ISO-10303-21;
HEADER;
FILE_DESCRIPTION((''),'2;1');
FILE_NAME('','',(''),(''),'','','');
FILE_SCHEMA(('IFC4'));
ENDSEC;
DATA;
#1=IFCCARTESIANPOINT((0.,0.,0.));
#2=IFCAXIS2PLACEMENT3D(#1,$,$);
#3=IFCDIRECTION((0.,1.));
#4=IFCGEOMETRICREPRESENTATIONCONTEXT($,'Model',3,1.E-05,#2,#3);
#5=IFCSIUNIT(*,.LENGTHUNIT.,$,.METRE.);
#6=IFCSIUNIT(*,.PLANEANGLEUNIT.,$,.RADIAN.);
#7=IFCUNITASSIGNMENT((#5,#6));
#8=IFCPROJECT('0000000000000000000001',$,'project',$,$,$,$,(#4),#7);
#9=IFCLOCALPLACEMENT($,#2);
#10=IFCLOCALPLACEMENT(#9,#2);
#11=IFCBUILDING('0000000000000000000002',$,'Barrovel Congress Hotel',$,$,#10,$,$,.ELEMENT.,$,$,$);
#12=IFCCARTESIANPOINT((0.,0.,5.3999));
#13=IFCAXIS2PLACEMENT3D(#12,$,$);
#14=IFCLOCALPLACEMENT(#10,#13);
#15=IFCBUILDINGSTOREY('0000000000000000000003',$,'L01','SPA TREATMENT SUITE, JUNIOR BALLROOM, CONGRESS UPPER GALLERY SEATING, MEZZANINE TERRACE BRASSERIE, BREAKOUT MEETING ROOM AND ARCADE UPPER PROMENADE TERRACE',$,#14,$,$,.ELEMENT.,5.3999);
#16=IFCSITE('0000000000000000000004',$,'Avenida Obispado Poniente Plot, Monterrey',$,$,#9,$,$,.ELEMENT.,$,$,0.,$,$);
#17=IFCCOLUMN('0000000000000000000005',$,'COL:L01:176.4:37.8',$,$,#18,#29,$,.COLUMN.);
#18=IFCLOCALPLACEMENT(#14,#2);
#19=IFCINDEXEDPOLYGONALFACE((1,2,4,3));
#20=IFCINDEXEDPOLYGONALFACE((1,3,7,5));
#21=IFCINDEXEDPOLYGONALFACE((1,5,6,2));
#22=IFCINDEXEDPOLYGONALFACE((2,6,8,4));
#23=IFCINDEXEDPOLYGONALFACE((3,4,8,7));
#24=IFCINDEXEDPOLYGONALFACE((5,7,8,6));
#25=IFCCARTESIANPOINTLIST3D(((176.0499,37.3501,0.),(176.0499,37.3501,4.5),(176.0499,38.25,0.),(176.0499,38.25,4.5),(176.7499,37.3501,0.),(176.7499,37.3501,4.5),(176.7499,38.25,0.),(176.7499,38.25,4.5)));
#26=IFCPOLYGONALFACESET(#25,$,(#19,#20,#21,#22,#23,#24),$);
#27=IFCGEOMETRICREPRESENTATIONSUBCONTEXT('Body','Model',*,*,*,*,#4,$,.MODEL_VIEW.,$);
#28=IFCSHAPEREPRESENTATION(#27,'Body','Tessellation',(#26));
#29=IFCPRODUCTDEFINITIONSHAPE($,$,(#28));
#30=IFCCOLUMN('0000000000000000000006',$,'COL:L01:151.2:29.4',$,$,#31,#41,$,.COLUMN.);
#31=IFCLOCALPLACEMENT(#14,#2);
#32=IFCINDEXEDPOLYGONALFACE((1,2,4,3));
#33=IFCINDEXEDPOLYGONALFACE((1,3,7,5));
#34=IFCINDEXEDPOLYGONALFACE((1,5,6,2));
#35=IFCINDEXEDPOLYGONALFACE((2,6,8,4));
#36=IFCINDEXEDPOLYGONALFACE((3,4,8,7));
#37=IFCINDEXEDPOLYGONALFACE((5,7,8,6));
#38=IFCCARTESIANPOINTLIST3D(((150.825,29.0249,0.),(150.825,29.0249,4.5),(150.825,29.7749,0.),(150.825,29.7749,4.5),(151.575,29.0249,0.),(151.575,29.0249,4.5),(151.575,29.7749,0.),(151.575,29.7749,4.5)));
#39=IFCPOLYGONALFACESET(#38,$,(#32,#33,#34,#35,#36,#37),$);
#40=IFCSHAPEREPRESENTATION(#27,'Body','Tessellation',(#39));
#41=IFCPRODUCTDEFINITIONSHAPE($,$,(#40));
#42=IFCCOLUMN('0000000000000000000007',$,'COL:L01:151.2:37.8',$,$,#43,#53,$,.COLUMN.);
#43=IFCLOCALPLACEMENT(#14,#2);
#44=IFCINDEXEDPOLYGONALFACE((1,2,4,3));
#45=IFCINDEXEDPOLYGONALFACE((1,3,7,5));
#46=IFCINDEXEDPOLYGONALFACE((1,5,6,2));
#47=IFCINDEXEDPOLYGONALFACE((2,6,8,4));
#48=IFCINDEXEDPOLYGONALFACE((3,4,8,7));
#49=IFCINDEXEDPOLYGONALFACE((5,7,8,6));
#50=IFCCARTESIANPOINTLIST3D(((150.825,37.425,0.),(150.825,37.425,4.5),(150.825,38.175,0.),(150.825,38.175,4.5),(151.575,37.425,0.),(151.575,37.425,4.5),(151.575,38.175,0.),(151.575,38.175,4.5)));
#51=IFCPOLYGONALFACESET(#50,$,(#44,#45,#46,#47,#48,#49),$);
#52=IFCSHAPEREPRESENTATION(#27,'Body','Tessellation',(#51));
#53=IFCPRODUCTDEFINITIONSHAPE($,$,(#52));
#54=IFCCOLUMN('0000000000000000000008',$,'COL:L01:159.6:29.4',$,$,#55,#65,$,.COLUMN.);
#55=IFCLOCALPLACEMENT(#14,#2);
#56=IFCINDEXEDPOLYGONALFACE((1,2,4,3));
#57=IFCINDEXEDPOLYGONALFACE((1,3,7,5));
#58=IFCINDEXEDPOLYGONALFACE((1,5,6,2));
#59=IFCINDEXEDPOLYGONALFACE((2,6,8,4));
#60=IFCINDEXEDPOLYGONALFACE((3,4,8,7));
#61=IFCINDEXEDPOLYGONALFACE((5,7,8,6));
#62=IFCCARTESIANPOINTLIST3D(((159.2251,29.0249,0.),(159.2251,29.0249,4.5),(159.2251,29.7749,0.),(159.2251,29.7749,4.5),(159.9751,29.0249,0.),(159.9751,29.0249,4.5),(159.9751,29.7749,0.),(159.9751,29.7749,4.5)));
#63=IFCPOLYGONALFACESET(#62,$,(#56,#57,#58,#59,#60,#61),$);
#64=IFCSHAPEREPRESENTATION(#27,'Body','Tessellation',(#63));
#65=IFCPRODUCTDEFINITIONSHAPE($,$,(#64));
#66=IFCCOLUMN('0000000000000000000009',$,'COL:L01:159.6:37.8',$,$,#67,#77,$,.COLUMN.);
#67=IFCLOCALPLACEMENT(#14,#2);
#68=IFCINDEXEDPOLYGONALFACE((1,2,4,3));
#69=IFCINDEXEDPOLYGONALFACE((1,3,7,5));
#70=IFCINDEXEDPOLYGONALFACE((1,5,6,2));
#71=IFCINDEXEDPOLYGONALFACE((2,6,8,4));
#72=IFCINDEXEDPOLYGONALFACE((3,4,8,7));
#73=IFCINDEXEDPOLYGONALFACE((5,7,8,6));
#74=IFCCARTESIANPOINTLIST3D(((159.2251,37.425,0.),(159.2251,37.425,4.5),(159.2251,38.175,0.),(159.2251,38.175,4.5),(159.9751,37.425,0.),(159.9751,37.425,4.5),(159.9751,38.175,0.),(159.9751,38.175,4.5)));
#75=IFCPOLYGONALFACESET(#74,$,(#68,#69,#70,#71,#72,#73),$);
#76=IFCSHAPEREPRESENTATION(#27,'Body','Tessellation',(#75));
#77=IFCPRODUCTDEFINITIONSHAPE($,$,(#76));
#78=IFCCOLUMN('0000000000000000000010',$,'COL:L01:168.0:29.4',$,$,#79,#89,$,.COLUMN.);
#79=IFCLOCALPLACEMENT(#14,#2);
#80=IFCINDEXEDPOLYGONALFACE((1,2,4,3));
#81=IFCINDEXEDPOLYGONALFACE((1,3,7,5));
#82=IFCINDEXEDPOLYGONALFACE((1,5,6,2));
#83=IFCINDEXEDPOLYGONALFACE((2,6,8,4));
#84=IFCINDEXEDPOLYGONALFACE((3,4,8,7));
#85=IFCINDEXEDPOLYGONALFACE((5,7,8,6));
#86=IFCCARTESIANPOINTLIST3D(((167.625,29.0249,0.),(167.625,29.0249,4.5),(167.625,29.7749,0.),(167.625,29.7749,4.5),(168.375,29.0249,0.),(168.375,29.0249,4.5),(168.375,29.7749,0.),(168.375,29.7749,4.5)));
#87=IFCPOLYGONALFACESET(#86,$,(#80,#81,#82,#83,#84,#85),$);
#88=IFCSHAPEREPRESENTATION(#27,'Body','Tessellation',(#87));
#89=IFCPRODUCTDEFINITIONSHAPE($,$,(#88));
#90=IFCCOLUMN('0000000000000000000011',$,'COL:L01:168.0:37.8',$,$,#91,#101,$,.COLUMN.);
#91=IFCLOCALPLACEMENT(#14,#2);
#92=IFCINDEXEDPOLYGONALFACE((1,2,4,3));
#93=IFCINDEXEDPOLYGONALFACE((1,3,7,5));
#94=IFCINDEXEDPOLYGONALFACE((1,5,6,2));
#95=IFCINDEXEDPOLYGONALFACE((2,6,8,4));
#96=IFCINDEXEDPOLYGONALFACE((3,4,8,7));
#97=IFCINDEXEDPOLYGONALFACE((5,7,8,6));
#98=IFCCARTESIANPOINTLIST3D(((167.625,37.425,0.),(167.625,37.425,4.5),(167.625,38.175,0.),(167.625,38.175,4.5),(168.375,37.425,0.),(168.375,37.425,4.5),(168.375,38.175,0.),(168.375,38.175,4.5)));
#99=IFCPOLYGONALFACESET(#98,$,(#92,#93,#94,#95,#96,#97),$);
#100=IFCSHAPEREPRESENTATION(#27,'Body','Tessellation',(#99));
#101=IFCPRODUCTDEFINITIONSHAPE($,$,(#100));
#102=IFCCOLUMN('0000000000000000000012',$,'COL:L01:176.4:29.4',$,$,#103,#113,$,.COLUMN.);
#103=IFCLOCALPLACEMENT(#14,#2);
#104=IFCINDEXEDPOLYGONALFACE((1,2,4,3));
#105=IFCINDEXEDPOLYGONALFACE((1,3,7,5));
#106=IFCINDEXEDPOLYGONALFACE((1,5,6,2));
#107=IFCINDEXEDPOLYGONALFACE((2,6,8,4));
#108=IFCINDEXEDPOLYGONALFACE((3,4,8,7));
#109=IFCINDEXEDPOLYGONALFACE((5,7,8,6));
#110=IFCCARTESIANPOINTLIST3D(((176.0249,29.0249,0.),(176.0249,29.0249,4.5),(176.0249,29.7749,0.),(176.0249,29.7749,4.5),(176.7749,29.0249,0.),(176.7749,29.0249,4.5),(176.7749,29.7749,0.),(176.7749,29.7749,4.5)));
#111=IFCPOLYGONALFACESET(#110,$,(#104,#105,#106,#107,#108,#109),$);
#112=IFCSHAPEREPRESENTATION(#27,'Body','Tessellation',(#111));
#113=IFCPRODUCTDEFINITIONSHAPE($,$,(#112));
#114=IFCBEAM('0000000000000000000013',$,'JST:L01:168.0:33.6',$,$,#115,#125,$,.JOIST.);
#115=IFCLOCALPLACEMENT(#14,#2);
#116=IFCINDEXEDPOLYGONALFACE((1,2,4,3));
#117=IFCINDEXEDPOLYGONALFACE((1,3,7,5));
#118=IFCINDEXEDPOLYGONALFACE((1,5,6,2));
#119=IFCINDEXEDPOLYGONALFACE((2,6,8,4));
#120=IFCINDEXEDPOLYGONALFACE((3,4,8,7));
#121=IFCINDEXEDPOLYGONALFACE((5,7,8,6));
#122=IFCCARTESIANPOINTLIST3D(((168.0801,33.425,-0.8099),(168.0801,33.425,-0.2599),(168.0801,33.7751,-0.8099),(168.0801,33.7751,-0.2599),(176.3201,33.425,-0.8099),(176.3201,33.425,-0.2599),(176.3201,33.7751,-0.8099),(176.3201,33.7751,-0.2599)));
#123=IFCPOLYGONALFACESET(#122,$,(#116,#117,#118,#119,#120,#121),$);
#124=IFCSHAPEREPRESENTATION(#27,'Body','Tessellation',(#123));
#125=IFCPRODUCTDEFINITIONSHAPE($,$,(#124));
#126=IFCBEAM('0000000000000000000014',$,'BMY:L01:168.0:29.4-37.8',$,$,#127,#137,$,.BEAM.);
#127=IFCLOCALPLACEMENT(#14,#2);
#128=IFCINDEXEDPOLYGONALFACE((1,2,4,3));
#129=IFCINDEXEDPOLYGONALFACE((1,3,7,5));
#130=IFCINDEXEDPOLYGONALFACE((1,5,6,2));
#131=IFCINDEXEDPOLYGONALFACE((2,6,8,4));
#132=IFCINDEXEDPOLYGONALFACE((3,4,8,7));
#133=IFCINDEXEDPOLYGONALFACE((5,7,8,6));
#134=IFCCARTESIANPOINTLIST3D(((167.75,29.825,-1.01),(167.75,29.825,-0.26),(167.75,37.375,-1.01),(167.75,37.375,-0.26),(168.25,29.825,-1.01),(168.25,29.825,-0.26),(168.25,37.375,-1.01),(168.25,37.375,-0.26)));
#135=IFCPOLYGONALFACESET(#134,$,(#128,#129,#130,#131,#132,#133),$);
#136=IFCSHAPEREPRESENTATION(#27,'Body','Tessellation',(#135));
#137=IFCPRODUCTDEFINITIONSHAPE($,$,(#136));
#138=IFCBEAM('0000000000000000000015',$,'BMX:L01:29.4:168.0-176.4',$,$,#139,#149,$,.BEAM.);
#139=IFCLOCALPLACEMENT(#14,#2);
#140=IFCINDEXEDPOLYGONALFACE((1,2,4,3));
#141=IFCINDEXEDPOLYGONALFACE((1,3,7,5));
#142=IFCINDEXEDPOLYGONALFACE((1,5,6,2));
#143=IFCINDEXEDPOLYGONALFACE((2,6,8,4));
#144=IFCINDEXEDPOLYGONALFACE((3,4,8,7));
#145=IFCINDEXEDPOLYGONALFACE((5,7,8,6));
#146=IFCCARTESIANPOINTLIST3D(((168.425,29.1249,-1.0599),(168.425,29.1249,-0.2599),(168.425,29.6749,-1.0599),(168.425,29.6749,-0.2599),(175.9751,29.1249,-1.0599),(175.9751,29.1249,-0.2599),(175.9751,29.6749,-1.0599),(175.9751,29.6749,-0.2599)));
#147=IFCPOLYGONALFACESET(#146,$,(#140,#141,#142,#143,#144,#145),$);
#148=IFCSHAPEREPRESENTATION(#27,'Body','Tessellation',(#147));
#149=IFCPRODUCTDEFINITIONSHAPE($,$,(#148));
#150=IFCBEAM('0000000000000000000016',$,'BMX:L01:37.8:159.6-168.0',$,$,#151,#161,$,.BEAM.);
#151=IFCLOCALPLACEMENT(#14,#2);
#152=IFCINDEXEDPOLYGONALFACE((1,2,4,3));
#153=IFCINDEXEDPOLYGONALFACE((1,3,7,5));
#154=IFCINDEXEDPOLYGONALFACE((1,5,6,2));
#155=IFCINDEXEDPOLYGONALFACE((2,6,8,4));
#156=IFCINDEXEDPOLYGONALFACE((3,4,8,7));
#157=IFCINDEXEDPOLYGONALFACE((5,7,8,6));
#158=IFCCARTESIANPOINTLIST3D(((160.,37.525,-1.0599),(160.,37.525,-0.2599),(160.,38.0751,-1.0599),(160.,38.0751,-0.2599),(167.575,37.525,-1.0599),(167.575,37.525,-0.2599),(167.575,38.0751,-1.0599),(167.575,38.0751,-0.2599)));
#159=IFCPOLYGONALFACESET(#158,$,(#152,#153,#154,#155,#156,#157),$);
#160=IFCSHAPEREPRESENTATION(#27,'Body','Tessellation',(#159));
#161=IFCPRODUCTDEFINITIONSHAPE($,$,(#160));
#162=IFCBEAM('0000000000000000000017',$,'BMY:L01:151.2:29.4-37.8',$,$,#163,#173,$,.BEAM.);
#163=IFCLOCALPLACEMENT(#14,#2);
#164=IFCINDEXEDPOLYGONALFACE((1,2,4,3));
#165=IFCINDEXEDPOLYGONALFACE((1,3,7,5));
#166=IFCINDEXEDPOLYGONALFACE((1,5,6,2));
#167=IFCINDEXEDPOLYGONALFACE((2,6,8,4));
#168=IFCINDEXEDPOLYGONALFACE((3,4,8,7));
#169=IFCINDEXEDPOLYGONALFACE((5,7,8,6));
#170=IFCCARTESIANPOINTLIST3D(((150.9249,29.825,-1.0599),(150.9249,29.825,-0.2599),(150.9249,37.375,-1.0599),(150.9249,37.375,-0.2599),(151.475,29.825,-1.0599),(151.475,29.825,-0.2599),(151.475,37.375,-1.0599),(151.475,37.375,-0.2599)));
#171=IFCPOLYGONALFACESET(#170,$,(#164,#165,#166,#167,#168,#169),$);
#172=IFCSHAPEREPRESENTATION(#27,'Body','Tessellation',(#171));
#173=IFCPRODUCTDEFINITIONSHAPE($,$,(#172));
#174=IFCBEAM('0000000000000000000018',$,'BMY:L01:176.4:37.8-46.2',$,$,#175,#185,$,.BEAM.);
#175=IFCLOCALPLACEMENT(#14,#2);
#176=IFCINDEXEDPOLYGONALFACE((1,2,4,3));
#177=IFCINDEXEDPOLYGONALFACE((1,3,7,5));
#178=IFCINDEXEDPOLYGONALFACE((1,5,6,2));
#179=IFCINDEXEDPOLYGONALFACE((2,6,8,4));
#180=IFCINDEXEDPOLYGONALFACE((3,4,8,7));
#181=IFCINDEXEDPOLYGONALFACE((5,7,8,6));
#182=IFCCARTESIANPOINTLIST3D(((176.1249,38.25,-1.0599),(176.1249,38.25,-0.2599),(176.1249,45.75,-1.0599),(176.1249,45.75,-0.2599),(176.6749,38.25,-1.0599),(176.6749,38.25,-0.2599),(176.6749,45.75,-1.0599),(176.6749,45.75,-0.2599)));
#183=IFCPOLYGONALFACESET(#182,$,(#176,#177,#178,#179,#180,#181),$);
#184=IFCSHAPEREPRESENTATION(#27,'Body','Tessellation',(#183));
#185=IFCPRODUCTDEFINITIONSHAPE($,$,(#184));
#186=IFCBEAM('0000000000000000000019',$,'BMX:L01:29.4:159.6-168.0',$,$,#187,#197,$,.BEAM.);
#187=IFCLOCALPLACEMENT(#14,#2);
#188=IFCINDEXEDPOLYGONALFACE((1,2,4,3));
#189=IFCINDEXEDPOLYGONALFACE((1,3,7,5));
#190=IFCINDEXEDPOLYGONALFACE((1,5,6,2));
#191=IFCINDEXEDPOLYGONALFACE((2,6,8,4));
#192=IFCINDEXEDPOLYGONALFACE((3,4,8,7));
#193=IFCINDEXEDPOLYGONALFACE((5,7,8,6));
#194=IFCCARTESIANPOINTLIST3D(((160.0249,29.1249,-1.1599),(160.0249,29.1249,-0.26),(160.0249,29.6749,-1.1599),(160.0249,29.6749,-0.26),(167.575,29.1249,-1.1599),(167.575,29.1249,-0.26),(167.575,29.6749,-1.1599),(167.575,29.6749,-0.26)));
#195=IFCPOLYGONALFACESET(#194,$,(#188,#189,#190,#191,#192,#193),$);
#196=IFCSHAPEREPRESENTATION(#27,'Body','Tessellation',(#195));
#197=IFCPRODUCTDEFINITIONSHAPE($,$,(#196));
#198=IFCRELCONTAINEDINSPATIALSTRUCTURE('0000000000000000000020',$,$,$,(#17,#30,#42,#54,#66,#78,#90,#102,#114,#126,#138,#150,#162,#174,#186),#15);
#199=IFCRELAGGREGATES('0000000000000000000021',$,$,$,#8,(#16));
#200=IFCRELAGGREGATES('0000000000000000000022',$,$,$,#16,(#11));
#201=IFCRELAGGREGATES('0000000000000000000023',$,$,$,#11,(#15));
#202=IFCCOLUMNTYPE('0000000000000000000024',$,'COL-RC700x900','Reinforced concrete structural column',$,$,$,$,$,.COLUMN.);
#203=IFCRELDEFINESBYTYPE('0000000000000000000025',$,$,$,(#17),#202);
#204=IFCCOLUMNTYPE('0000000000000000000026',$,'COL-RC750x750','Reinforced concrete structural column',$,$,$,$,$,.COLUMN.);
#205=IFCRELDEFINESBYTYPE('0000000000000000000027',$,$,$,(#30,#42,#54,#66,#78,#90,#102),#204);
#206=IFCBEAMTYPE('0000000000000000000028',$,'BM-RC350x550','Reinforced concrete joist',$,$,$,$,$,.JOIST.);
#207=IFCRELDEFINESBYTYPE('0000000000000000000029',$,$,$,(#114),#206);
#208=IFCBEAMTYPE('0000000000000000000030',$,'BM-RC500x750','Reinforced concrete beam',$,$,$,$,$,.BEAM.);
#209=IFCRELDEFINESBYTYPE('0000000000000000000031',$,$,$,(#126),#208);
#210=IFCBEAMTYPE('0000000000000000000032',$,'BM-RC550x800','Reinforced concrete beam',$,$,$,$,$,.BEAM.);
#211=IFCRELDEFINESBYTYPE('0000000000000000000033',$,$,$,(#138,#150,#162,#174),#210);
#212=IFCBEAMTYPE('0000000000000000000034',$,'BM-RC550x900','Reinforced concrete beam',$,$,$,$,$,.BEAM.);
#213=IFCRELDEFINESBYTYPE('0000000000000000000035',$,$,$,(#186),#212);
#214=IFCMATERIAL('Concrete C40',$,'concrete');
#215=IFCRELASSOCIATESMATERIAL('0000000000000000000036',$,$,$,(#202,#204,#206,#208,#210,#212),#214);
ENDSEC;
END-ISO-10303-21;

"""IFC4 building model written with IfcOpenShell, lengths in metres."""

from ifc_helpers import new_model, si_unit, direction, frame, origin, origin_2d, place, context, subcontext, project, spatial, rectangle, extrude, material, material_profile, profile_set, type_object, element, save


model = new_model("IFC4")

# Units and contexts
model_context = context("Model", 3, precision=1e-05, world=origin(), true_north=direction((0.0, 1.0)))
body_context = subcontext(model_context, "Body", "Model", "MODEL_VIEW")
ifc_project = project(units=[si_unit("LENGTHUNIT", "METRE"), si_unit("PLANEANGLEUNIT", "RADIAN")], contexts=[model_context])

# Site, building, storey
site_placement = place(None, origin())
site = spatial("IfcSite", under=ifc_project, at=site_placement, Name="Avenida Obispado Poniente Plot, Monterrey", CompositionType="ELEMENT", RefElevation=0.0)
building_placement = place(site_placement, origin())
building = spatial("IfcBuilding", under=site, at=building_placement, Name="Barrovel Congress Hotel", CompositionType="ELEMENT")
storey_placement = place(building_placement, frame((0.0, 0.0, 5.3999)))
storey = spatial("IfcBuildingStorey", under=building, at=storey_placement, Name="L01", Description="SPA TREATMENT SUITE, JUNIOR BALLROOM, CONGRESS UPPER GALLERY SEATING, MEZZANINE TERRACE BRASSERIE, BREAKOUT MEETING ROOM AND ARCADE UPPER PROMENADE TERRACE", CompositionType="ELEMENT", Elevation=5.3999)

# Columns
ifc_material_1 = material(Name="Concrete C40", Category="concrete")
ifc_material_profile_1 = material_profile(ifc_material_1, rectangle(XDim=0.7, YDim=0.8999, at=origin_2d()), Name="RC700x900")
ifc_profile_set_1 = profile_set([ifc_material_profile_1], Name="Concrete C40")
column_type_1 = type_object("IfcColumnType", Name="COL-RC700x900", Description="Reinforced concrete structural column", PredefinedType="COLUMN", material=ifc_profile_set_1)
column_placement = place(storey_placement, frame((176.3999, 37.8, 0.0), z_axis=(0.0, 0.0, 1.0), x_axis=(1.0, 0.0, 0.0)))
element("IfcColumn", 1, at=column_placement, inside=storey, type_object=column_type_1, Name="COL:L01:176.4:37.8", PredefinedType="COLUMN", context=body_context, shape_type="SweptSolid", body=[
    extrude(rectangle(XDim=0.7, YDim=0.8999, at=origin_2d()), origin(), (0.0, 0.0, 1.0), 4.5),
])
ifc_material_profile_2 = material_profile(ifc_material_1, rectangle(XDim=0.75, YDim=0.75, at=origin_2d()), Name="RC750x750")
ifc_profile_set_2 = profile_set([ifc_material_profile_2], Name="Concrete C40")
column_type_2 = type_object("IfcColumnType", Name="COL-RC750x750", Description="Reinforced concrete structural column", PredefinedType="COLUMN", material=ifc_profile_set_2)
for number, where, z_axis, x_axis, name in (
    (2, (151.2, 29.3999, 0.0), (0.0, 0.0, 1.0), (1.0, 0.0, 0.0), "COL:L01:151.2:29.4"),
    (3, (151.2, 37.8, 0.0), (0.0, 0.0, 1.0), (1.0, 0.0, 0.0), "COL:L01:151.2:37.8"),
    (4, (159.6001, 29.3999, 0.0), (0.0, 0.0, 1.0), (1.0, 0.0, 0.0), "COL:L01:159.6:29.4"),
    (5, (159.6001, 37.8, 0.0), (0.0, 0.0, 1.0), (1.0, 0.0, 0.0), "COL:L01:159.6:37.8"),
    (6, (168.0, 29.3999, 0.0), (0.0, 0.0, 1.0), (1.0, 0.0, 0.0), "COL:L01:168.0:29.4"),
    (7, (168.0, 37.8, 0.0), (0.0, 0.0, 1.0), (1.0, 0.0, 0.0), "COL:L01:168.0:37.8"),
    (8, (176.3999, 29.3999, 0.0), (0.0, 0.0, 1.0), (1.0, 0.0, 0.0), "COL:L01:176.4:29.4"),
):
    element("IfcColumn", number, at=place(storey_placement, frame(where, z_axis=z_axis, x_axis=x_axis)), inside=storey, type_object=column_type_2, Name=name, PredefinedType="COLUMN", context=body_context, shape_type="SweptSolid", body=[
        extrude(rectangle(XDim=0.75, YDim=0.75, at=origin_2d()), origin(), (0.0, 0.0, 1.0), 4.5),
    ])

# Beams
ifc_material_profile_3 = material_profile(ifc_material_1, rectangle(XDim=0.3501, YDim=0.55, at=origin_2d()), Name="RC350x550")
ifc_profile_set_3 = profile_set([ifc_material_profile_3], Name="Concrete C40")
beam_type_1 = type_object("IfcBeamType", Name="BM-RC350x550", Description="Reinforced concrete joist", PredefinedType="JOIST", material=ifc_profile_set_3)
beam_1_placement = place(storey_placement, frame((168.0801, 33.6001, -0.5349), z_axis=(1.0, 0.0, 0.0), x_axis=(0.0, 1.0, 0.0)))
element("IfcBeam", 9, at=beam_1_placement, inside=storey, type_object=beam_type_1, Name="JST:L01:168.0:33.6", PredefinedType="JOIST", context=body_context, shape_type="SweptSolid", body=[
    extrude(rectangle(XDim=0.3501, YDim=0.55, at=origin_2d()), origin(), (0.0, 0.0, 1.0), 8.24),
])
ifc_material_profile_4 = material_profile(ifc_material_1, rectangle(XDim=0.5, YDim=0.75, at=origin_2d()), Name="RC500x750")
ifc_profile_set_4 = profile_set([ifc_material_profile_4], Name="Concrete C40")
beam_type_2 = type_object("IfcBeamType", Name="BM-RC500x750", Description="Reinforced concrete beam", PredefinedType="BEAM", material=ifc_profile_set_4)
beam_2_placement = place(storey_placement, frame((168.0, 29.825, -0.635), z_axis=(0.0, 1.0, 0.0), x_axis=(-1.0, 0.0, 0.0)))
element("IfcBeam", 10, at=beam_2_placement, inside=storey, type_object=beam_type_2, Name="BMY:L01:168.0:29.4-37.8", PredefinedType="BEAM", context=body_context, shape_type="SweptSolid", body=[
    extrude(rectangle(XDim=0.5, YDim=0.75, at=origin_2d()), origin(), (0.0, 0.0, 1.0), 7.55),
])
ifc_material_profile_5 = material_profile(ifc_material_1, rectangle(XDim=0.55, YDim=0.8, at=origin_2d()), Name="RC550x800")
ifc_profile_set_5 = profile_set([ifc_material_profile_5], Name="Concrete C40")
beam_type_3 = type_object("IfcBeamType", Name="BM-RC550x800", Description="Reinforced concrete beam", PredefinedType="BEAM", material=ifc_profile_set_5)
beam_3_placement = place(storey_placement, frame((168.425, 29.3999, -0.6599), z_axis=(1.0, 0.0, 0.0), x_axis=(0.0, 1.0, 0.0)))
element("IfcBeam", 11, at=beam_3_placement, inside=storey, type_object=beam_type_3, Name="BMX:L01:29.4:168.0-176.4", PredefinedType="BEAM", context=body_context, shape_type="SweptSolid", body=[
    extrude(rectangle(XDim=0.55, YDim=0.8, at=origin_2d()), origin(), (0.0, 0.0, 1.0), 7.55),
])
beam_4_placement = place(storey_placement, frame((160.0, 37.8, -0.6599), z_axis=(1.0, 0.0, 0.0), x_axis=(0.0, 1.0, 0.0)))
element("IfcBeam", 12, at=beam_4_placement, inside=storey, type_object=beam_type_3, Name="BMX:L01:37.8:159.6-168.0", PredefinedType="BEAM", context=body_context, shape_type="SweptSolid", body=[
    extrude(rectangle(XDim=0.55, YDim=0.8, at=origin_2d()), origin(), (0.0, 0.0, 1.0), 7.575),
])
beam_5_placement = place(storey_placement, frame((151.2, 29.825, -0.6599), z_axis=(0.0, 1.0, 0.0), x_axis=(-1.0, 0.0, 0.0)))
element("IfcBeam", 13, at=beam_5_placement, inside=storey, type_object=beam_type_3, Name="BMY:L01:151.2:29.4-37.8", PredefinedType="BEAM", context=body_context, shape_type="SweptSolid", body=[
    extrude(rectangle(XDim=0.55, YDim=0.8, at=origin_2d()), origin(), (0.0, 0.0, 1.0), 7.55),
])
beam_6_placement = place(storey_placement, frame((176.3999, 38.25, -0.6599), z_axis=(0.0, 1.0, 0.0), x_axis=(-1.0, 0.0, 0.0)))
element("IfcBeam", 14, at=beam_6_placement, inside=storey, type_object=beam_type_3, Name="BMY:L01:176.4:37.8-46.2", PredefinedType="BEAM", context=body_context, shape_type="SweptSolid", body=[
    extrude(rectangle(XDim=0.55, YDim=0.8, at=origin_2d()), origin(), (0.0, 0.0, 1.0), 7.5),
])
ifc_material_profile_6 = material_profile(ifc_material_1, rectangle(XDim=0.55, YDim=0.8999, at=origin_2d()), Name="RC550x900")
ifc_profile_set_6 = profile_set([ifc_material_profile_6], Name="Concrete C40")
beam_type_4 = type_object("IfcBeamType", Name="BM-RC550x900", Description="Reinforced concrete beam", PredefinedType="BEAM", material=ifc_profile_set_6)
beam_7_placement = place(storey_placement, frame((160.0249, 29.3999, -0.71), z_axis=(1.0, 0.0, 0.0), x_axis=(0.0, 1.0, 0.0)))
element("IfcBeam", 15, at=beam_7_placement, inside=storey, type_object=beam_type_4, Name="BMX:L01:29.4:159.6-168.0", PredefinedType="BEAM", context=body_context, shape_type="SweptSolid", body=[
    extrude(rectangle(XDim=0.55, YDim=0.8999, at=origin_2d()), origin(), (0.0, 0.0, 1.0), 7.55),
])

save(model, "model.ifc")
